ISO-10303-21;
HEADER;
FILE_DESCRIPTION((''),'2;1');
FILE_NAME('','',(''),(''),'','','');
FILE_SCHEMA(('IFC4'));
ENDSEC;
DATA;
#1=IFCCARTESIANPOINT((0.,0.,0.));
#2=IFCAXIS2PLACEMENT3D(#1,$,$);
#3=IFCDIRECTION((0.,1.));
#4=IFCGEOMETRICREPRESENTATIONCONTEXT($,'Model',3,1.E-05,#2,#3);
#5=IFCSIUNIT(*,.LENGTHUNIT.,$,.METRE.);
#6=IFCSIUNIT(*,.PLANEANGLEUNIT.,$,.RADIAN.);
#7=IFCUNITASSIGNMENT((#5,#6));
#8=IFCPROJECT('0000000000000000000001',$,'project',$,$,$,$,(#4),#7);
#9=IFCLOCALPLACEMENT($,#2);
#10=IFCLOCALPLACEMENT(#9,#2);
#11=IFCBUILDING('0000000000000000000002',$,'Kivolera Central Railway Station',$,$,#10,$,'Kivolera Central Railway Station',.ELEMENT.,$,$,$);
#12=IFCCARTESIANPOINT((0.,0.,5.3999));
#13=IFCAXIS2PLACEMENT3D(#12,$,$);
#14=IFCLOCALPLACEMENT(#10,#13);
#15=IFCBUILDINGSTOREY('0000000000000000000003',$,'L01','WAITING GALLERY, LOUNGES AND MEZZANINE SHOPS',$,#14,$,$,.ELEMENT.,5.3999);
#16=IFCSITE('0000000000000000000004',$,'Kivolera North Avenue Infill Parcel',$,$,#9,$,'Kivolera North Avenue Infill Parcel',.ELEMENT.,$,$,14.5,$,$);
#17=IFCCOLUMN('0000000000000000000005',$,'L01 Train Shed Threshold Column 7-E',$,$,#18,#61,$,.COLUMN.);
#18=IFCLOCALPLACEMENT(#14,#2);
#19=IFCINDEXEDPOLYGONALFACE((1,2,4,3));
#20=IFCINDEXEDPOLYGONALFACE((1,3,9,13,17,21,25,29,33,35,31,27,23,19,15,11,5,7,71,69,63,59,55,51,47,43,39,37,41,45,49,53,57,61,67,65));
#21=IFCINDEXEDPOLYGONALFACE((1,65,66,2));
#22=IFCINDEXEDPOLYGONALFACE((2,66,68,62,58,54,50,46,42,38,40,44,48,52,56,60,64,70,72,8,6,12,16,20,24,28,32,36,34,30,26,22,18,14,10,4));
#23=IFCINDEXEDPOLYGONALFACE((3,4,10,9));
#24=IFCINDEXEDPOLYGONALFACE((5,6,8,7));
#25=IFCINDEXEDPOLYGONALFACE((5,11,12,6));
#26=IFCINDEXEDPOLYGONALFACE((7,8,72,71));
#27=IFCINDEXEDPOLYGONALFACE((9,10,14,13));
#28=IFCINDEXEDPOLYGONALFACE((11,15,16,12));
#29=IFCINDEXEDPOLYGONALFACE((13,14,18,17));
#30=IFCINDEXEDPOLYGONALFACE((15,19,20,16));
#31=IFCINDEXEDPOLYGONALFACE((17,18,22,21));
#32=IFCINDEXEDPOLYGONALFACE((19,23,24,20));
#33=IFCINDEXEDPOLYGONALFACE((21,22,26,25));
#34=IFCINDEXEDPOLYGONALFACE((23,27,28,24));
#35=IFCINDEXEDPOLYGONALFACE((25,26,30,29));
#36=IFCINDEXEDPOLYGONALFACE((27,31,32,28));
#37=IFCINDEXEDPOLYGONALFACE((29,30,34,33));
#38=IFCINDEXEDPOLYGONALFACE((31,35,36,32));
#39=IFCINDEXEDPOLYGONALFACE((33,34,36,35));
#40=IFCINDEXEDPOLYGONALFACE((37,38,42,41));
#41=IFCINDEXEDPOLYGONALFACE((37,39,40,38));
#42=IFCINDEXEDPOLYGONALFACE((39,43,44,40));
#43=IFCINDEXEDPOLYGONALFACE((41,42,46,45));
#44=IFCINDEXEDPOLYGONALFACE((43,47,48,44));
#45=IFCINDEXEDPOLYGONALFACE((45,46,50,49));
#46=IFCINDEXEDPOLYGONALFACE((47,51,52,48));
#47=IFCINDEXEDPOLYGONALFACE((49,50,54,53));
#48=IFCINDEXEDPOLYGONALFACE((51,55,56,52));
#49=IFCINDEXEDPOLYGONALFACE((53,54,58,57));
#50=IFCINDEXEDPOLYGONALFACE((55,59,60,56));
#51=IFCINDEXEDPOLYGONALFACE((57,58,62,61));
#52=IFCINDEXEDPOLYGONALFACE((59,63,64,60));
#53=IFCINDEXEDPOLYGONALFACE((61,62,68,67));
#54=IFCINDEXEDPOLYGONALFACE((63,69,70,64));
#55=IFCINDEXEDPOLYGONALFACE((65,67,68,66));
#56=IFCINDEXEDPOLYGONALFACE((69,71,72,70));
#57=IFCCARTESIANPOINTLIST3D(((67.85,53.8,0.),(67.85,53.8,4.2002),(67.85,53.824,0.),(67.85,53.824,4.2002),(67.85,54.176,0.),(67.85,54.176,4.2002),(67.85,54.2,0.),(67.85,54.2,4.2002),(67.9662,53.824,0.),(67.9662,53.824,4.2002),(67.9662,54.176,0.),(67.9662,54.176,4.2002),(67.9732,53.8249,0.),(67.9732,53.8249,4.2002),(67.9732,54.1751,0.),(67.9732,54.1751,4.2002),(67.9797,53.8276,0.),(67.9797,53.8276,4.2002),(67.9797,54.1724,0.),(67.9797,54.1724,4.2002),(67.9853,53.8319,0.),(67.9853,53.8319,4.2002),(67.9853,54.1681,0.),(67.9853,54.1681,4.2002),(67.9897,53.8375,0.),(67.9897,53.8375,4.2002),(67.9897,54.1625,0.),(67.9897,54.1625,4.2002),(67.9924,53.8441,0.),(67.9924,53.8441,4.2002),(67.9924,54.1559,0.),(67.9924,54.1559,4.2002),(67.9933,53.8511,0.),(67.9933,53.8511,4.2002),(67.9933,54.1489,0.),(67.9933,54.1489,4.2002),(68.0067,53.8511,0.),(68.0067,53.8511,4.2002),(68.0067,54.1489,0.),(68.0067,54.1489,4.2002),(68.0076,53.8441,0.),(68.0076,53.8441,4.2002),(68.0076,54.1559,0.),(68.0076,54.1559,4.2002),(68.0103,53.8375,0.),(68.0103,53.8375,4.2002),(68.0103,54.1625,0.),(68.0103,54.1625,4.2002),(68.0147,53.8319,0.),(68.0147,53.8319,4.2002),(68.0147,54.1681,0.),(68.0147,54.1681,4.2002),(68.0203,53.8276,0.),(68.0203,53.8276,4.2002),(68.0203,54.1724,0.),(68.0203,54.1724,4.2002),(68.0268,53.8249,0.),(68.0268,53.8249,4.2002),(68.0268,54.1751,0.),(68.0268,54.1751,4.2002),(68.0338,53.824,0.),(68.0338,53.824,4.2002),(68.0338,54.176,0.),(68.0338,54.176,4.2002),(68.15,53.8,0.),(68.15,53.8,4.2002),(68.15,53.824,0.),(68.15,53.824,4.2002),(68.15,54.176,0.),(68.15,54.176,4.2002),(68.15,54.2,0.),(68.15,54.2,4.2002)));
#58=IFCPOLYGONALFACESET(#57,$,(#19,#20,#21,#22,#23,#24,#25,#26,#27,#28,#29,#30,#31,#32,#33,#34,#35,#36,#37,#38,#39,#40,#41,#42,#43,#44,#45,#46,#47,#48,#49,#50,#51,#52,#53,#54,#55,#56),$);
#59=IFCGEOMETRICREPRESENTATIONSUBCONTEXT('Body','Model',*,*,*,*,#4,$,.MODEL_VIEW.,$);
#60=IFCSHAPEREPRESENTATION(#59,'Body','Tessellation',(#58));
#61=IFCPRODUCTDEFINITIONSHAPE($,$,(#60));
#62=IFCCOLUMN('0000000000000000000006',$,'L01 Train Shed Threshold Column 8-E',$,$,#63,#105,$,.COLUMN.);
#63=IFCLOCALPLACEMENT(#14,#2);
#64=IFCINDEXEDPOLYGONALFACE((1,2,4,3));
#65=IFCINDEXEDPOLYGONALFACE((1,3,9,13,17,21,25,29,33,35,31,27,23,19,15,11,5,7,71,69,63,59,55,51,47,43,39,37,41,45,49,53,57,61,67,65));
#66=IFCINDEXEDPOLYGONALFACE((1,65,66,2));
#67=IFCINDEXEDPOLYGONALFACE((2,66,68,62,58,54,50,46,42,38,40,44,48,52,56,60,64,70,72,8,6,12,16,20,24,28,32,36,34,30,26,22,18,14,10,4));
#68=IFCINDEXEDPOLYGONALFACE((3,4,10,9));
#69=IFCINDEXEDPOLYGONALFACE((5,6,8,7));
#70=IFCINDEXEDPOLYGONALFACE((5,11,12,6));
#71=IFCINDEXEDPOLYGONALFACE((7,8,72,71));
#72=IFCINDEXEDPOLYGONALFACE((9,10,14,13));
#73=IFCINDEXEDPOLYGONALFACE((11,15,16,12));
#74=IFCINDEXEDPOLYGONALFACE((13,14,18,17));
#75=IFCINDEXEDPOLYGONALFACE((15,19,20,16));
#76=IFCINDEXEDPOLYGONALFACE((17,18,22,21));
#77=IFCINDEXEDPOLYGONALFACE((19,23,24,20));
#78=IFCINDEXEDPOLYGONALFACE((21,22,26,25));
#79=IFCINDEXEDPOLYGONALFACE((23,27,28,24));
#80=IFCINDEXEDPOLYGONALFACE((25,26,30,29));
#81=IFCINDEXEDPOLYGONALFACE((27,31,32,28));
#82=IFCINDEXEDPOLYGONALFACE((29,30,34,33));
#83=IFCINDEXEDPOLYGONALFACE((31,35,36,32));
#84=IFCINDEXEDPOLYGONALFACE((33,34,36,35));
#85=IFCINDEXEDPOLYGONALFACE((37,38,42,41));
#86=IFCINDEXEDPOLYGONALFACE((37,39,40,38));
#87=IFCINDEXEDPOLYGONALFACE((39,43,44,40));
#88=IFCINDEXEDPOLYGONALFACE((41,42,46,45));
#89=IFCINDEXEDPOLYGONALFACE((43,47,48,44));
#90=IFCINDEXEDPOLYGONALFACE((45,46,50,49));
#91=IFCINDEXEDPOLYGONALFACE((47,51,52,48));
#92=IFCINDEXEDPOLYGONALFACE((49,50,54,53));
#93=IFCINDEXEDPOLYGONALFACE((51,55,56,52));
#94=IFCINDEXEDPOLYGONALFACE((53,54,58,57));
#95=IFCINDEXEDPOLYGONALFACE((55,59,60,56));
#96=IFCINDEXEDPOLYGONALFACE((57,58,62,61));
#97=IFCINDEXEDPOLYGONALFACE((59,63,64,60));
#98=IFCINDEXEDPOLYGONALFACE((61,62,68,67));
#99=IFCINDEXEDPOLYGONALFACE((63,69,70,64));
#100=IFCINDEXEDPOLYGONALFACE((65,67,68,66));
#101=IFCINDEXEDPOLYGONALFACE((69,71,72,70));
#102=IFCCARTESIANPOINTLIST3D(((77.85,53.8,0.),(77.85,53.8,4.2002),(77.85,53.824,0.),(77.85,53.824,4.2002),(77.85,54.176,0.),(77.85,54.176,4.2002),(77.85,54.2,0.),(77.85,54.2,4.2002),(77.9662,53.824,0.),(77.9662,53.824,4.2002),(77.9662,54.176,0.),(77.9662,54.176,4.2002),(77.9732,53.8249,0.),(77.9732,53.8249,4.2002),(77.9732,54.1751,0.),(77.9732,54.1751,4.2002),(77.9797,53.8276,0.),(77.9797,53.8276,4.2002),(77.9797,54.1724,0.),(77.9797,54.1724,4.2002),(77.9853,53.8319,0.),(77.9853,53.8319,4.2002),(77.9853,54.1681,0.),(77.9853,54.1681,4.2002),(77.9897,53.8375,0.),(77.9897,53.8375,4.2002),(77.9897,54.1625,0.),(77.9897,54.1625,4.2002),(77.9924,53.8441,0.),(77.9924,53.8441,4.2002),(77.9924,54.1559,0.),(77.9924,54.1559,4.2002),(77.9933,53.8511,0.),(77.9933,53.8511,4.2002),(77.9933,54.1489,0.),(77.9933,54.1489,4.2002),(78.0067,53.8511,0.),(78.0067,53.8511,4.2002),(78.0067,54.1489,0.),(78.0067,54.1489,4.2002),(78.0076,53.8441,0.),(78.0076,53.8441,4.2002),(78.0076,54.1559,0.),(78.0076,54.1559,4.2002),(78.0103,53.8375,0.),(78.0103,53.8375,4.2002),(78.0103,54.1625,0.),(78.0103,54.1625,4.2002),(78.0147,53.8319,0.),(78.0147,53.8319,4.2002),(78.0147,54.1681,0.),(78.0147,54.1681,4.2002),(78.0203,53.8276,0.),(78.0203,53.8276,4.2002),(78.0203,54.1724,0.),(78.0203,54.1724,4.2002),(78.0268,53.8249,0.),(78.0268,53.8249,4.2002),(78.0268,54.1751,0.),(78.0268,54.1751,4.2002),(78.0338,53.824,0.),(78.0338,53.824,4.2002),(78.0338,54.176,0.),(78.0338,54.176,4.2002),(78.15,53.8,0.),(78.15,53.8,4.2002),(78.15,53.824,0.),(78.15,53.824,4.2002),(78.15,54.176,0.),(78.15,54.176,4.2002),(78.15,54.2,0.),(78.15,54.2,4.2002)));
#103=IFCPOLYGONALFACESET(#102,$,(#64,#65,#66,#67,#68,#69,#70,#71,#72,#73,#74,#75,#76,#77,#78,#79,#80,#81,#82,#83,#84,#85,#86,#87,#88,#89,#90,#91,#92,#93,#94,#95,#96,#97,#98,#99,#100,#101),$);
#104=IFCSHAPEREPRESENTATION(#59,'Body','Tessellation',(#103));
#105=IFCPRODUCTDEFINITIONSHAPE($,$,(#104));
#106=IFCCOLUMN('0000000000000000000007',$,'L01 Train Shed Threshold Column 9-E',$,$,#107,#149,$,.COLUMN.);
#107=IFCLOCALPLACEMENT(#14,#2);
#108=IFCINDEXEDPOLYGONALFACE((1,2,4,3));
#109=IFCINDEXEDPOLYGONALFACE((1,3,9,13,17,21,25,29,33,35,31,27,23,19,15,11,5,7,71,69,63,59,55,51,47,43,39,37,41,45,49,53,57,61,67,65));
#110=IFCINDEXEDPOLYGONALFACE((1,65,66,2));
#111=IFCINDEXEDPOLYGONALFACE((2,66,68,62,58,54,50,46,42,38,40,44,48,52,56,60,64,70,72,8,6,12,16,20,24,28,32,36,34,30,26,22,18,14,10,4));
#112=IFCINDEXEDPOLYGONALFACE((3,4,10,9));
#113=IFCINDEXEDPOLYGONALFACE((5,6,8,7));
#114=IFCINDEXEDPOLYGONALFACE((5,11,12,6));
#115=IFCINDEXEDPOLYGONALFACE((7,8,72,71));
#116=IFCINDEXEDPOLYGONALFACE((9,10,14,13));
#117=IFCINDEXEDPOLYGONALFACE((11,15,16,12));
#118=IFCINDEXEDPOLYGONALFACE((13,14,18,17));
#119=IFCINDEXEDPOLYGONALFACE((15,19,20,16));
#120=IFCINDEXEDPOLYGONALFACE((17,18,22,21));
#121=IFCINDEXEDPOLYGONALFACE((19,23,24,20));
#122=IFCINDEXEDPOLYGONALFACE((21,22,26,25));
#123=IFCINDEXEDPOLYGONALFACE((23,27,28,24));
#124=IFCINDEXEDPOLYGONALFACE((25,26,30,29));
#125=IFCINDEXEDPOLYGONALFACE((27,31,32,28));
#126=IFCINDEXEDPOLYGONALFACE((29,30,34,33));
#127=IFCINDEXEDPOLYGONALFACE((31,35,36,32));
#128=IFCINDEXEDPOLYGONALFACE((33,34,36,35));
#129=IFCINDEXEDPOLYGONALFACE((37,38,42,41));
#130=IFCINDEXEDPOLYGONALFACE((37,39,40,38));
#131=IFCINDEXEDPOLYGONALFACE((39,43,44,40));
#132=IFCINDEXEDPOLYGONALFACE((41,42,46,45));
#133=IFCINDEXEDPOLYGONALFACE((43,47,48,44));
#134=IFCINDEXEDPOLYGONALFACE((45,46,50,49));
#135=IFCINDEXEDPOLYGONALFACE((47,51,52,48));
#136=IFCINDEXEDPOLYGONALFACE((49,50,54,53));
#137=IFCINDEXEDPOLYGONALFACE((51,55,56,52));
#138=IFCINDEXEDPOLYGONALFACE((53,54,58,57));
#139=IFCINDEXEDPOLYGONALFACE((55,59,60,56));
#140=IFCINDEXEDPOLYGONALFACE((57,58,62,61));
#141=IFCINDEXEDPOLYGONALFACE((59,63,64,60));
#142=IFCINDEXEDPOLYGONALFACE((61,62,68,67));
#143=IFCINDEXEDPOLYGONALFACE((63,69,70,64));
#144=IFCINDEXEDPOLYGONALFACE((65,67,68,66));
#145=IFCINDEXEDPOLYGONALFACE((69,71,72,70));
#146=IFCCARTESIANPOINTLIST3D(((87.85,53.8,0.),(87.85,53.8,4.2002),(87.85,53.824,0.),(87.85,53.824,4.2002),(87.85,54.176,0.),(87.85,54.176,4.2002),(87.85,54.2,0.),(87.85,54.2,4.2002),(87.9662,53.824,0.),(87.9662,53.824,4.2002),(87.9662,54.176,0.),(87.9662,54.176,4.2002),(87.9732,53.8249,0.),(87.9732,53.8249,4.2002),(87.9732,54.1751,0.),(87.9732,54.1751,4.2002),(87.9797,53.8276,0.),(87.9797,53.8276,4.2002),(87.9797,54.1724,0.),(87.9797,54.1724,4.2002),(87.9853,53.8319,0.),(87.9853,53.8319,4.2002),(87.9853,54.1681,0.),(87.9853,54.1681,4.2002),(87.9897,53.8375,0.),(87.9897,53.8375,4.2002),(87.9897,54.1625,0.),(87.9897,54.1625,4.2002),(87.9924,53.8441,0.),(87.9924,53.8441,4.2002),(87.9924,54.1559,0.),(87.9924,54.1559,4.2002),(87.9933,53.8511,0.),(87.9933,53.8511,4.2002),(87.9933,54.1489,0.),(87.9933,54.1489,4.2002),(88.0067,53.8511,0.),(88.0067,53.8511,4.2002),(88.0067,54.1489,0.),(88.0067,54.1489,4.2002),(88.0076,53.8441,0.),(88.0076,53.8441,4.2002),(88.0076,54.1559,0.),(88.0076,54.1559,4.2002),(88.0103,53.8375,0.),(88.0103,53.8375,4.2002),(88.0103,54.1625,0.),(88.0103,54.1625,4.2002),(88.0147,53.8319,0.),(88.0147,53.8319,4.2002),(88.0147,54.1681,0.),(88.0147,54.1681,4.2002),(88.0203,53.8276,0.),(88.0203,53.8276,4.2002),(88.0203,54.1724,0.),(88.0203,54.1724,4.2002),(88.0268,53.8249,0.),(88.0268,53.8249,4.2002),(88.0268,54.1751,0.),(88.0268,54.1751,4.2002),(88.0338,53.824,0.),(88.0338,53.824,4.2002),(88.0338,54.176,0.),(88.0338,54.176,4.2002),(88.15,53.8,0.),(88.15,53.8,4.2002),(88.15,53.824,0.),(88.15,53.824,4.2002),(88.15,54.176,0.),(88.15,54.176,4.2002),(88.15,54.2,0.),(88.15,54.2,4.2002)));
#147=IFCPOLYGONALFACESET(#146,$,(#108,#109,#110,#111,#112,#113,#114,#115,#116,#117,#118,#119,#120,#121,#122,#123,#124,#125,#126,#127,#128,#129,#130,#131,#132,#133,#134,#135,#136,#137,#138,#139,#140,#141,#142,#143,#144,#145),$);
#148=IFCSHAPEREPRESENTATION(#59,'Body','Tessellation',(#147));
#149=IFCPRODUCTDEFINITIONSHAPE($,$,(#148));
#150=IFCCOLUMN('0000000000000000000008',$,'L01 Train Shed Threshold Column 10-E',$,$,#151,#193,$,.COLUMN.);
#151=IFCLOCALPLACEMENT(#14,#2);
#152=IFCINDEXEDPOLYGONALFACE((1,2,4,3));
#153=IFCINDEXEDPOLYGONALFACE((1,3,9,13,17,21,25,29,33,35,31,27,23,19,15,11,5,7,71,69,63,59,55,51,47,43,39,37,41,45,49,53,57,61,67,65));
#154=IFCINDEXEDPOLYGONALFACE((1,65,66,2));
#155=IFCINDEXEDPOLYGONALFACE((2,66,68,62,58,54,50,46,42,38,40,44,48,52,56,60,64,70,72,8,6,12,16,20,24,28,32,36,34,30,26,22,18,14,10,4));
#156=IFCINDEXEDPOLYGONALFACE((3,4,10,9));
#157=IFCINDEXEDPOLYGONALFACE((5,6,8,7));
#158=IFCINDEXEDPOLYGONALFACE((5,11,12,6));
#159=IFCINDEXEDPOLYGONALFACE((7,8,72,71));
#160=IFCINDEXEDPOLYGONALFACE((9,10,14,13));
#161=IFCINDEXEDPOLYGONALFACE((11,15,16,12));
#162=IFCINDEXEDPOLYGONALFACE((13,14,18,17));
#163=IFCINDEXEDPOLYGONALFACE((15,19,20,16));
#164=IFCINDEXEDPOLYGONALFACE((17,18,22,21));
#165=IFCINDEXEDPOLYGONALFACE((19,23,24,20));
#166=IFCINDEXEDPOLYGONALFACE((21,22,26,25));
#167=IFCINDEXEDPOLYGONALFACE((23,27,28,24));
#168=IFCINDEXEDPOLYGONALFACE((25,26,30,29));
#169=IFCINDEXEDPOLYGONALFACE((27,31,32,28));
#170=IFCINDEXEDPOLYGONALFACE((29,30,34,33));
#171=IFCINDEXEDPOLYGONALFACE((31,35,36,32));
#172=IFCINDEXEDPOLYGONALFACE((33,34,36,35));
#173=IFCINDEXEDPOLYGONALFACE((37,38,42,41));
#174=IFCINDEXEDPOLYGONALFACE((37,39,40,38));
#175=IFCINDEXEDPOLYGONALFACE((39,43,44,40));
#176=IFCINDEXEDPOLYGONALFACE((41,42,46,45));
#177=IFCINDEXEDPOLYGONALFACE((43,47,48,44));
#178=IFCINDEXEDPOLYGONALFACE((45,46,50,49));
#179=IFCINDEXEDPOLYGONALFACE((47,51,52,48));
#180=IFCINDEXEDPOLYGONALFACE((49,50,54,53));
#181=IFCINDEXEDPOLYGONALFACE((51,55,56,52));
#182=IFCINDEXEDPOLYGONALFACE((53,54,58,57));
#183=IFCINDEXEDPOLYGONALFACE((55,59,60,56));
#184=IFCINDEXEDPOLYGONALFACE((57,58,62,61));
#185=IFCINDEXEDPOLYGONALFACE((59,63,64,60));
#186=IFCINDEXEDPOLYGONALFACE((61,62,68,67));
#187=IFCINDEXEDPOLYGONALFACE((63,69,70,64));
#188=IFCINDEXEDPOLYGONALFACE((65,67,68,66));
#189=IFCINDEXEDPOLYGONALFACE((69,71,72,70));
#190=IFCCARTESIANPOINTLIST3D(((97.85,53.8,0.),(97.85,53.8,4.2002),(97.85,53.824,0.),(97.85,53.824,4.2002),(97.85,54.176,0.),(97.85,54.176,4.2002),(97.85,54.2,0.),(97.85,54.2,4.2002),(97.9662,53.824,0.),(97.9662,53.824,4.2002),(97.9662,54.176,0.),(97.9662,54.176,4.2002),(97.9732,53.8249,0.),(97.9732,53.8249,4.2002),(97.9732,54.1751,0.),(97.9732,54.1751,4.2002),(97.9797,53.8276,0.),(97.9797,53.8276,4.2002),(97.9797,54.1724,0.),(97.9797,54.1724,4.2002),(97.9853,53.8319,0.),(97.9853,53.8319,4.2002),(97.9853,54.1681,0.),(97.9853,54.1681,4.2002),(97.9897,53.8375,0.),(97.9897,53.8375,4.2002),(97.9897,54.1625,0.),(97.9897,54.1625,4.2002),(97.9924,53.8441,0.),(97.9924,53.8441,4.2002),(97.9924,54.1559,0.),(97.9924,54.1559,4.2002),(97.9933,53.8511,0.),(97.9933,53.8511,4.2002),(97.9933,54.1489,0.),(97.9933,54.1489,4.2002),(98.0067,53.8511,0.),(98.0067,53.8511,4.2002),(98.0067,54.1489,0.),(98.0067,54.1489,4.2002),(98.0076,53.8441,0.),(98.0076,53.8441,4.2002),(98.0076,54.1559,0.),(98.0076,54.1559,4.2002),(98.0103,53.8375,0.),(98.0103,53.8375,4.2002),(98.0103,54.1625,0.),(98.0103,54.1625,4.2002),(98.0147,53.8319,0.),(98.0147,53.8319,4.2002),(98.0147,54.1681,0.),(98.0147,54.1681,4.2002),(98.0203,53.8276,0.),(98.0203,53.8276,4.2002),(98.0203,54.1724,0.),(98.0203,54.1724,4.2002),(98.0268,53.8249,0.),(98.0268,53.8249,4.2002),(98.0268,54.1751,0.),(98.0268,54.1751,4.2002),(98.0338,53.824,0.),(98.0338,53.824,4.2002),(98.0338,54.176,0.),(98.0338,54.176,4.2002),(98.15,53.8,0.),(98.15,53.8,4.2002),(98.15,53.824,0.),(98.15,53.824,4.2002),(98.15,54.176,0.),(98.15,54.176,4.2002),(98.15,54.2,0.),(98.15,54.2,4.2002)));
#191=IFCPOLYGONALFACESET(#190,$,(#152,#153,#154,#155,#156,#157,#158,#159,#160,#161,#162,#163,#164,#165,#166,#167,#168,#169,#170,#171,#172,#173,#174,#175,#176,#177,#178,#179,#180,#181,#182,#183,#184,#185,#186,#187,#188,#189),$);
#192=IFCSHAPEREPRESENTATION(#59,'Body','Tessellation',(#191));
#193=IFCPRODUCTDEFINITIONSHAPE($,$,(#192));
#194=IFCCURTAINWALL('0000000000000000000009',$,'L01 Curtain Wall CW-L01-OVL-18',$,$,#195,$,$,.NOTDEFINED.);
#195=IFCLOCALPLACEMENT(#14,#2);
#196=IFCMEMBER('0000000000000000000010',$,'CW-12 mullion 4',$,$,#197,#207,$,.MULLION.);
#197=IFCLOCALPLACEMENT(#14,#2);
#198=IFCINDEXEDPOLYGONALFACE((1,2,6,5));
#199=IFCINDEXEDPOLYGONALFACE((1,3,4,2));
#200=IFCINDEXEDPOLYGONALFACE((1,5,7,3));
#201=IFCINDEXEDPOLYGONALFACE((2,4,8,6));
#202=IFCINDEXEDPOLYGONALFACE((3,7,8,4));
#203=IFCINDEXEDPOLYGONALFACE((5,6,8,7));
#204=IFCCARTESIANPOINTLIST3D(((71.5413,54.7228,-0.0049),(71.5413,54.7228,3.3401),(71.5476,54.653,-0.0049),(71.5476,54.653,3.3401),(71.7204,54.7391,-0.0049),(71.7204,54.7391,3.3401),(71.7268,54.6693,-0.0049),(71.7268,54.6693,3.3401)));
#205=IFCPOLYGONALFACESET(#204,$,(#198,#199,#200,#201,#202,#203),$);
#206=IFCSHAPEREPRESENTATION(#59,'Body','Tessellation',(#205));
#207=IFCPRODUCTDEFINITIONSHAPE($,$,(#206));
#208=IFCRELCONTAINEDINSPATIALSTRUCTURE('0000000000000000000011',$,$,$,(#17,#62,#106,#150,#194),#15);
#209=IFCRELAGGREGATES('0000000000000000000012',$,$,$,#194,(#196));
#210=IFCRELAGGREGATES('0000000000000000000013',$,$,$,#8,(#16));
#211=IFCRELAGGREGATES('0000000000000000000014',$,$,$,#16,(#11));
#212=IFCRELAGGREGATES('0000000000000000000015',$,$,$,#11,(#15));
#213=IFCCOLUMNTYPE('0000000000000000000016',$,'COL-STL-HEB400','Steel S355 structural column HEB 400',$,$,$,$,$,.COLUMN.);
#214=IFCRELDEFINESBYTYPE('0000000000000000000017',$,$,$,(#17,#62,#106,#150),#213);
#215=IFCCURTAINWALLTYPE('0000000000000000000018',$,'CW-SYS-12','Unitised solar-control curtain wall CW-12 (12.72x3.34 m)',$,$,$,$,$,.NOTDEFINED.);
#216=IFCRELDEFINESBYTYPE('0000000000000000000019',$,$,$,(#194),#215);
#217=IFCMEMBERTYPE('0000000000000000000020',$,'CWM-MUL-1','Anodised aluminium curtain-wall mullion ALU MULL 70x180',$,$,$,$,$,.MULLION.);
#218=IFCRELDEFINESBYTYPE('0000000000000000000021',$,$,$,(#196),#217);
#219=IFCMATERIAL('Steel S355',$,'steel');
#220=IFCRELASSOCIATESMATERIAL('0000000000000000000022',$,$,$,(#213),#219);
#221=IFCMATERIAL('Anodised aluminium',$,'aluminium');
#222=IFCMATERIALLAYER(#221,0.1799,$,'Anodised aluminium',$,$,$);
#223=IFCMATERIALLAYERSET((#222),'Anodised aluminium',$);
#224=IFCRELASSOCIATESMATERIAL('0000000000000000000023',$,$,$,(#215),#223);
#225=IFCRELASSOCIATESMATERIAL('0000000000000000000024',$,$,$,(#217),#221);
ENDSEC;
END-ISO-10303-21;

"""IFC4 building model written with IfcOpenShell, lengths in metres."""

from ifc_helpers import new_model, si_unit, direction, frame, origin, origin_2d, place, context, subcontext, project, spatial, rectangle, i_section, extrude, material, layer, layer_set, material_profile, profile_set, type_object, element, aggregate, save


model = new_model("IFC4")

# Units and contexts
model_context = context("Model", 3, precision=1e-05, world=origin(), true_north=direction((0.0, 1.0)))
body_context = subcontext(model_context, "Body", "Model", "MODEL_VIEW")
ifc_project = project(units=[si_unit("LENGTHUNIT", "METRE"), si_unit("PLANEANGLEUNIT", "RADIAN")], contexts=[model_context])

# Site, building, storey
site_placement = place(None, origin())
site = spatial("IfcSite", under=ifc_project, at=site_placement, Name="Kivolera North Avenue Infill Parcel", LongName="Kivolera North Avenue Infill Parcel", CompositionType="ELEMENT", RefElevation=14.5)
building_placement = place(site_placement, origin())
building = spatial("IfcBuilding", under=site, at=building_placement, Name="Kivolera Central Railway Station", LongName="Kivolera Central Railway Station", CompositionType="ELEMENT")
storey_placement = place(building_placement, frame((0.0, 0.0, 5.3999)))
storey = spatial("IfcBuildingStorey", under=building, at=storey_placement, Name="L01", Description="WAITING GALLERY, LOUNGES AND MEZZANINE SHOPS", CompositionType="ELEMENT", Elevation=5.3999)

# Columns
ifc_material_1 = material(Name="Steel S355", Category="steel")
ifc_material_profile_1 = material_profile(ifc_material_1, i_section(OverallWidth=0.3, OverallDepth=0.3999, WebThickness=0.0134, FlangeThickness=0.0239, FilletRadius=0.0271, at=origin_2d()), Name="HEB 400")
ifc_profile_set_1 = profile_set([ifc_material_profile_1], Name="Steel S355")
column_type = type_object("IfcColumnType", Name="COL-STL-HEB400", Description="Steel S355 structural column HEB 400", PredefinedType="COLUMN", material=ifc_profile_set_1)
for number, where, z_axis, x_axis, name in (
    (1, (68.0, 54.0, 0.0), (0.0, 0.0, 1.0), (1.0, 0.0, 0.0), "L01 Train Shed Threshold Column 7-E"),
    (2, (78.0, 54.0, 0.0), (0.0, 0.0, 1.0), (1.0, 0.0, 0.0), "L01 Train Shed Threshold Column 8-E"),
    (3, (88.0, 54.0, 0.0), (0.0, 0.0, 1.0), (1.0, 0.0, 0.0), "L01 Train Shed Threshold Column 9-E"),
    (4, (98.0, 54.0, 0.0), (0.0, 0.0, 1.0), (1.0, 0.0, 0.0), "L01 Train Shed Threshold Column 10-E"),
):
    element("IfcColumn", number, at=place(storey_placement, frame(where, z_axis=z_axis, x_axis=x_axis)), inside=storey, type_object=column_type, Name=name, PredefinedType="COLUMN", context=body_context, shape_type="SweptSolid", body=[
        extrude(i_section(OverallWidth=0.3, OverallDepth=0.3999, WebThickness=0.0134, FlangeThickness=0.0239, FilletRadius=0.0271, at=origin_2d()), origin(), (0.0, 0.0, 1.0), 4.2002),
    ])

# Curtain wall, member
ifc_material_2 = material(Name="Anodised aluminium", Category="aluminium")
ifc_layer_1 = layer(ifc_material_2, 0.1799, Name="Anodised aluminium")
ifc_layer_set_1 = layer_set([ifc_layer_1], Name="Anodised aluminium")
curtain_wall_type = type_object("IfcCurtainWallType", Name="CW-SYS-12", Description="Unitised solar-control curtain wall CW-12 (12.72x3.34 m)", PredefinedType="NOTDEFINED", material=ifc_layer_set_1)
curtain_wall_placement = place(storey_placement, origin())
curtain_wall = element("IfcCurtainWall", 5, at=curtain_wall_placement, inside=storey, type_object=curtain_wall_type, Name="L01 Curtain Wall CW-L01-OVL-18", PredefinedType="NOTDEFINED")
ifc_material_profile_2 = material_profile(ifc_material_2, rectangle(XDim=0.0701, YDim=0.1799, at=origin_2d()), Name="ALU MULL 70x180")
ifc_profile_set_2 = profile_set([ifc_material_profile_2], Name="Anodised aluminium")
member_type_1 = type_object("IfcMemberType", Name="CWM-MUL-1", Description="Anodised aluminium curtain-wall mullion ALU MULL 70x180", PredefinedType="MULLION", material=ifc_profile_set_2)
member_1_placement = place(storey_placement, frame((71.634, 54.696, -0.0049), z_axis=(0.0, 0.0, 1.0), x_axis=(0.090834, -0.995866, 0.0)))
member_1 = element("IfcMember", 6, at=member_1_placement, type_object=member_type_1, Name="CW-12 mullion 4", PredefinedType="MULLION", context=body_context, shape_type="SweptSolid", body=[
    extrude(rectangle(XDim=0.0701, YDim=0.1799, at=origin_2d()), origin(), (0.0, 0.0, 1.0), 3.345),
])
aggregate(curtain_wall, [member_1])

save(model, "model.ifc")
